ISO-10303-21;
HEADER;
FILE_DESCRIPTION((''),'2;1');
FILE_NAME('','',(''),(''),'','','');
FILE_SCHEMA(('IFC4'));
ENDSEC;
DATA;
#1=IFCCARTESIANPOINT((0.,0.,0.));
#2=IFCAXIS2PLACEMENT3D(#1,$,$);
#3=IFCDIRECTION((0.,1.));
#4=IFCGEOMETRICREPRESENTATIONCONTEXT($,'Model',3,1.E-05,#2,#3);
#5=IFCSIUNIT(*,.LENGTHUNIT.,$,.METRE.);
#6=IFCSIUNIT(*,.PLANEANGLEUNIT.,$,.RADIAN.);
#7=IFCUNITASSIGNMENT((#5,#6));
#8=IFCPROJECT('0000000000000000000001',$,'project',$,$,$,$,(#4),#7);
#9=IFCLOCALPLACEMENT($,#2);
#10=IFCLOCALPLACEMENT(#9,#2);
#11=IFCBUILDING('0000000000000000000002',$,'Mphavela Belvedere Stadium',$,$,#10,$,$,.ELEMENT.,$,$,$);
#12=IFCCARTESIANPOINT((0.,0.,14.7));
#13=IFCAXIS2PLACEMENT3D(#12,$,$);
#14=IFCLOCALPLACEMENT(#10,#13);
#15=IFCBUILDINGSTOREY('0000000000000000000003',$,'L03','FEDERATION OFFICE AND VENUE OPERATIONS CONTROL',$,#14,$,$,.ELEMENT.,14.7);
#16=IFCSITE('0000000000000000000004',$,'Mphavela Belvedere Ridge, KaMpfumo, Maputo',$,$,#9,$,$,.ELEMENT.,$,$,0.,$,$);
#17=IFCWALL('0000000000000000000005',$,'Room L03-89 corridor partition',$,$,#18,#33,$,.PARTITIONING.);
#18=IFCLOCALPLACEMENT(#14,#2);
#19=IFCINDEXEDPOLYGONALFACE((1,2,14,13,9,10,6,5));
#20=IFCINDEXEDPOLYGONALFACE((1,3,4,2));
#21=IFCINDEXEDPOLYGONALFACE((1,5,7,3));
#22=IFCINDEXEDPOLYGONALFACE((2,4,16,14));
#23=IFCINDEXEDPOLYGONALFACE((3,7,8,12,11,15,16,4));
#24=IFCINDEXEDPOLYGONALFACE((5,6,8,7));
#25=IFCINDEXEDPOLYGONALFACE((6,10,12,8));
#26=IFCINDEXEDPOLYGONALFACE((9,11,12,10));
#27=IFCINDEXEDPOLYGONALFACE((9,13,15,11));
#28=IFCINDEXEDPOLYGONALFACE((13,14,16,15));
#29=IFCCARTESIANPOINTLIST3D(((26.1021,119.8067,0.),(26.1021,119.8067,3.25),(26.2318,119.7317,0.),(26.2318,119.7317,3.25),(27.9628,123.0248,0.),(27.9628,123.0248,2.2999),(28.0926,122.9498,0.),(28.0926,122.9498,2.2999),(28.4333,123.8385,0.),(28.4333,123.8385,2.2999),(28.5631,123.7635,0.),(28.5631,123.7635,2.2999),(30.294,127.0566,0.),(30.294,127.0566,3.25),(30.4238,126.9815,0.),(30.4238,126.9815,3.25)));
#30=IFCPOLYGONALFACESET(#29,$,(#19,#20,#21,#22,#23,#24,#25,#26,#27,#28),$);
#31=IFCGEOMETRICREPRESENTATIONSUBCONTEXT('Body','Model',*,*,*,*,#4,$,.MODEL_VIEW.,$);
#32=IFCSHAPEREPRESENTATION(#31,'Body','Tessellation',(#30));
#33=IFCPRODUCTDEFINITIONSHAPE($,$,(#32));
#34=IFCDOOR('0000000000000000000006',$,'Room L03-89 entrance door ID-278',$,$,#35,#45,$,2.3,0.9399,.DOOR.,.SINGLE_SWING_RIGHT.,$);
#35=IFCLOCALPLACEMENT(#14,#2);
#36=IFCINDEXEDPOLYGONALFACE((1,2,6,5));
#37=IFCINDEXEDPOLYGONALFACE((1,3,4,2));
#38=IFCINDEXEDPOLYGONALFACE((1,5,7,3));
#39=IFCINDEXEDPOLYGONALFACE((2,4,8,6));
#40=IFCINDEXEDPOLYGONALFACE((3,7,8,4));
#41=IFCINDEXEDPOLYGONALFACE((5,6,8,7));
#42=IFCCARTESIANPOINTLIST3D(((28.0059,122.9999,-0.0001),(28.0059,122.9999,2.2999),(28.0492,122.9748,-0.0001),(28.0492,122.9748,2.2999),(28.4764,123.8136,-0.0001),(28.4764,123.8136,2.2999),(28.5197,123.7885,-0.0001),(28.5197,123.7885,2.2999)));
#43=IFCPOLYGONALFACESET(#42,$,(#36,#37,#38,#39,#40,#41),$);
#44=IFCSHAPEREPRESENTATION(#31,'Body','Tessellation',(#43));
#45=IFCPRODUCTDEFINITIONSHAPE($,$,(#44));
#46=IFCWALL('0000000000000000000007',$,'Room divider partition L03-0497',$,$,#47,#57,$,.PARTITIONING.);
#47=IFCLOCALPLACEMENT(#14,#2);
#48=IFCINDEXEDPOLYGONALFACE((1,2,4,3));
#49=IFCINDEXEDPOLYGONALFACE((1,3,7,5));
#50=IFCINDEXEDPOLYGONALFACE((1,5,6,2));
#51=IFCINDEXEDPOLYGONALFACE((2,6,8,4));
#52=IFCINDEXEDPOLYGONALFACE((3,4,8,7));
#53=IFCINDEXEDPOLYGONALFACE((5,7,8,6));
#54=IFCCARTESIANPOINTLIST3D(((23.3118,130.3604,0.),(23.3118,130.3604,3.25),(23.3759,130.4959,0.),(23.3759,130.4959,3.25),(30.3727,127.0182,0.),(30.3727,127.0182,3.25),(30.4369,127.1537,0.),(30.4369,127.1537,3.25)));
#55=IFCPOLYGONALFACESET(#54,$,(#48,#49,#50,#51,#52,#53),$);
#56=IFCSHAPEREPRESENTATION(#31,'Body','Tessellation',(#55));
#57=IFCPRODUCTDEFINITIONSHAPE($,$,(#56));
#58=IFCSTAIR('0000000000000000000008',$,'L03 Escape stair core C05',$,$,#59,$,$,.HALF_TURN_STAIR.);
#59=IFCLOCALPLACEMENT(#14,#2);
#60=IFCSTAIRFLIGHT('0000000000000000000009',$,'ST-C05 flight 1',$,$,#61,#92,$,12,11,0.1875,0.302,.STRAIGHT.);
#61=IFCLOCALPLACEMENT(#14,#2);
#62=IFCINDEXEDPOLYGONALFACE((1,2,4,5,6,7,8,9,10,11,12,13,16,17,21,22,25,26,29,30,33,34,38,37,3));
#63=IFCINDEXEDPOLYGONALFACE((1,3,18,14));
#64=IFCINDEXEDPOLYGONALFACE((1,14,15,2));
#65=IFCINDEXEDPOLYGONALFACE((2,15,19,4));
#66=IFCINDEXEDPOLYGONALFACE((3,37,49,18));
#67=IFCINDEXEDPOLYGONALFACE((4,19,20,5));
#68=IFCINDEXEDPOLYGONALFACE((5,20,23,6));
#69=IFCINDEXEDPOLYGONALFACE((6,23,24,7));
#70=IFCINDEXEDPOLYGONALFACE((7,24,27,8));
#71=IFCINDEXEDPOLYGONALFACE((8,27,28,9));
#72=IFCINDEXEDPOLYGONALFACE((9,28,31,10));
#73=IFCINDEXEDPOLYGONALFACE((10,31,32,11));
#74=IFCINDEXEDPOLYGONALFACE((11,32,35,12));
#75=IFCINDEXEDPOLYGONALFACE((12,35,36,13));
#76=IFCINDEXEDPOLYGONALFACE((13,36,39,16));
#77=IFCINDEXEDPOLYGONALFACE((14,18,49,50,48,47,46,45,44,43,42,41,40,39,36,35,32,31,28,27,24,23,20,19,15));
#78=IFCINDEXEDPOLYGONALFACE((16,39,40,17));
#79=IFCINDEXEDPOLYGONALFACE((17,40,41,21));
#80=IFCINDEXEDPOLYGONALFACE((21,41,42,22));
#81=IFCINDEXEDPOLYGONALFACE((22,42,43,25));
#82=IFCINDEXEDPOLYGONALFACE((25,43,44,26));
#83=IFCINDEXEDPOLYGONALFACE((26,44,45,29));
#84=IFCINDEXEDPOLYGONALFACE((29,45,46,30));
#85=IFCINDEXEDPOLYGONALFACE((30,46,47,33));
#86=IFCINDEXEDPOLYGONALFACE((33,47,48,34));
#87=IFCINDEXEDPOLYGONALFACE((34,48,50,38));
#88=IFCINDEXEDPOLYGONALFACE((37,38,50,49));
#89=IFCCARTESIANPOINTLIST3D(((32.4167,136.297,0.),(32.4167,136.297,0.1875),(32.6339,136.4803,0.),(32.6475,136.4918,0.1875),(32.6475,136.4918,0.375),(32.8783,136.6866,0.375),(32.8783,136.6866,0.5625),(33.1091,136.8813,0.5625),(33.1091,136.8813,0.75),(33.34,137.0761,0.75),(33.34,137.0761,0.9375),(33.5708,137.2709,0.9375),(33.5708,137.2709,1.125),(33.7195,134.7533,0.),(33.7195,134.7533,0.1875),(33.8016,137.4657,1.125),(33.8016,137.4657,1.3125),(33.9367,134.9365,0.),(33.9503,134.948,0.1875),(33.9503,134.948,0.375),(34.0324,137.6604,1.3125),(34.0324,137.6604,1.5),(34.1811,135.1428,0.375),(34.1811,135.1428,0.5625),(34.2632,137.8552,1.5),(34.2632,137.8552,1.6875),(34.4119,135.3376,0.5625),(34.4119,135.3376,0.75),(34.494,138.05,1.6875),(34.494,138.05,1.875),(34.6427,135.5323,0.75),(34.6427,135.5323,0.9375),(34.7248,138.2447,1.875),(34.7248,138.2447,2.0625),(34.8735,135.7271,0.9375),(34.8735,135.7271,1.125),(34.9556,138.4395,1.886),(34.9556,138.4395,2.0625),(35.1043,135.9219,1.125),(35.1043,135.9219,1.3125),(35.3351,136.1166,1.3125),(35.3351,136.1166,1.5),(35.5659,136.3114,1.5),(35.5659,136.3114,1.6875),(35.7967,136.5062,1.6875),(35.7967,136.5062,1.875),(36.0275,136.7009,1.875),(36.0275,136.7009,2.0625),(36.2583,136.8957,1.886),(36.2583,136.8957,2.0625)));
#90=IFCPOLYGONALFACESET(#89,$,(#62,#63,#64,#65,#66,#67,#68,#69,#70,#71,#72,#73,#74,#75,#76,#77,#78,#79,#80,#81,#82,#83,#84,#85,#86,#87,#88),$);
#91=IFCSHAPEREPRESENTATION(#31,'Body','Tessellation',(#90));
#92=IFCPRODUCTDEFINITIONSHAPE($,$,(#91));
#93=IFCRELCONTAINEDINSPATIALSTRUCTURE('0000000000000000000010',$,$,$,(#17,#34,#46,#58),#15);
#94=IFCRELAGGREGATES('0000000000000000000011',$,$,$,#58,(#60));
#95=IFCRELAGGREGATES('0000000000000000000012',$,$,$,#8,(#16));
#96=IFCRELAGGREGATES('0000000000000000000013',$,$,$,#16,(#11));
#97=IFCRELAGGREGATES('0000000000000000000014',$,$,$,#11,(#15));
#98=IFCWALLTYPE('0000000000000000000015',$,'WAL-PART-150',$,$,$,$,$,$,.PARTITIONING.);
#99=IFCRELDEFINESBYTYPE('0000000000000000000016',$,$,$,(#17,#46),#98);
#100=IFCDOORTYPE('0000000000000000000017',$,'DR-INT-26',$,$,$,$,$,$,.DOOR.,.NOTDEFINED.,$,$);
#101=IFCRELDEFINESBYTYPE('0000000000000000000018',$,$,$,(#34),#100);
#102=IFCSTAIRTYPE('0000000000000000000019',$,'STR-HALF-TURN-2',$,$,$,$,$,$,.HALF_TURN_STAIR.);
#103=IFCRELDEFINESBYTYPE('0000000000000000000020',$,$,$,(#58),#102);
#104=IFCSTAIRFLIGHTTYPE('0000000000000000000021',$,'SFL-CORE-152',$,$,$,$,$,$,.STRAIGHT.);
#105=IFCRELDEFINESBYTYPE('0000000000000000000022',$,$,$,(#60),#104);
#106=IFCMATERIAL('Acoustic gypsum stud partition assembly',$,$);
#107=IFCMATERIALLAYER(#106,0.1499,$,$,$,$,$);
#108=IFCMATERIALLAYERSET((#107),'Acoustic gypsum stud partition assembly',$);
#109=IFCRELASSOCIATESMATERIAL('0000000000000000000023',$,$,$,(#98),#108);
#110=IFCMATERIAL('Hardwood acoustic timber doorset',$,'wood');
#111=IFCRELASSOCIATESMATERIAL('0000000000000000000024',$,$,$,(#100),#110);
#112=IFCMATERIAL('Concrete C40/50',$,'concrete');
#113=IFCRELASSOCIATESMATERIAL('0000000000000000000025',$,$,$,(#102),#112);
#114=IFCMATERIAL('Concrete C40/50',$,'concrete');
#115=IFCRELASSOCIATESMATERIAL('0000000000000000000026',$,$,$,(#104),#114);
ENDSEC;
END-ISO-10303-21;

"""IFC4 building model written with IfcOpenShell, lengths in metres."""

from ifc_helpers import new_model, si_unit, direction, frame, frame_2d, origin, place, context, subcontext, project, spatial, polyline, rectangle, outline, extrude, material, layer, layer_set, type_object, element, fill, aggregate, save


model = new_model("IFC4")

# Units and contexts
model_context = context("Model", 3, precision=1e-05, world=origin(), true_north=direction((0.0, 1.0)))
body_context = subcontext(model_context, "Body", "Model", "MODEL_VIEW")
ifc_project = project(units=[si_unit("LENGTHUNIT", "METRE"), si_unit("PLANEANGLEUNIT", "RADIAN")], contexts=[model_context])

# Site, building, storey
site_placement = place(None, origin())
site = spatial("IfcSite", under=ifc_project, at=site_placement, Name="Mphavela Belvedere Ridge, KaMpfumo, Maputo", CompositionType="ELEMENT", RefElevation=0.0)
building_placement = place(site_placement, origin())
building = spatial("IfcBuilding", under=site, at=building_placement, Name="Mphavela Belvedere Stadium", CompositionType="ELEMENT")
storey_placement = place(building_placement, frame((0.0, 0.0, 14.7)))
storey = spatial("IfcBuildingStorey", under=building, at=storey_placement, Name="L03", Description="FEDERATION OFFICE AND VENUE OPERATIONS CONTROL", CompositionType="ELEMENT", Elevation=14.7)

# Wall, opening, door
ifc_material_1 = material(Name="Acoustic gypsum stud partition assembly")
ifc_layer_1 = layer(ifc_material_1, 0.1499)
ifc_layer_set_1 = layer_set([ifc_layer_1], Name="Acoustic gypsum stud partition assembly")
wall_type_1 = type_object("IfcWallType", Name="WAL-PART-150", PredefinedType="PARTITIONING", material=ifc_layer_set_1)
wall_1_placement = place(storey_placement, frame((30.3589, 127.019, 0.0), z_axis=(0.0, 0.0, 1.0), x_axis=(-0.500559, -0.865702, 0.0)))
wall_1 = element("IfcWall", 1, at=wall_1_placement, inside=storey, type_object=wall_type_1, Name="Room L03-89 corridor partition", PredefinedType="PARTITIONING", context=body_context, shape_type="SweptSolid", body=[
    extrude(rectangle(XDim=8.3745, YDim=0.1499, at=frame_2d((4.1873, 0.0))), origin(), (0.0, 0.0, 1.0), 3.25),
])
opening_1_placement = place(wall_1_placement, frame((3.7173, 0.0, 0.0)))
opening_1 = element("IfcOpeningElement", 2, at=opening_1_placement, cuts=wall_1, PredefinedType="OPENING", context=body_context, shape_type="SweptSolid", body=[
    extrude(rectangle(XDim=0.9399, YDim=2.3, at=frame_2d((0.47, 1.1499))), frame((0.0, 0.085, 0.0), z_axis=(0.0, -1.0, 0.0), x_axis=(1.0, 0.0, 0.0)), (0.0, 0.0, 1.0), 0.1699),
])
ifc_material_2 = material(Name="Hardwood acoustic timber doorset", Category="wood")
door_type_1 = type_object("IfcDoorType", Name="DR-INT-26", OperationType="NOTDEFINED", PredefinedType="DOOR", material=ifc_material_2)
door_1_placement = place(opening_1_placement, origin())
door_1 = element("IfcDoor", 3, at=door_1_placement, inside=storey, type_object=door_type_1, Name="Room L03-89 entrance door ID-278", OperationType="SINGLE_SWING_RIGHT", OverallHeight=2.3, OverallWidth=0.9399, PredefinedType="DOOR", context=body_context, shape_type="SweptSolid", body=[
    extrude(rectangle(XDim=0.9399, YDim=2.3, at=frame_2d((0.47, 1.1499))), frame((0.0, 0.0249, 0.0), z_axis=(0.0, -1.0, 0.0), x_axis=(1.0, 0.0, 0.0)), (0.0, 0.0, 1.0), 0.05),
])
fill(opening_1, door_1)

# Wall
wall_2_placement = place(storey_placement, frame((30.4048, 127.0859, 0.0), z_axis=(0.0, 0.0, 1.0), x_axis=(-0.903857, 0.427834, 0.0)))
element("IfcWall", 4, at=wall_2_placement, inside=storey, type_object=wall_type_1, Name="Room divider partition L03-0497", PredefinedType="PARTITIONING", context=body_context, shape_type="SweptSolid", body=[
    extrude(rectangle(XDim=7.812, YDim=0.1499, at=frame_2d((3.906, 0.0))), origin(), (0.0, 0.0, 1.0), 3.25),
])

# Stair, stair flight
ifc_material_3 = material(Name="Concrete C40/50", Category="concrete")
stair_type = type_object("IfcStairType", Name="STR-HALF-TURN-2", PredefinedType="HALF_TURN_STAIR", material=ifc_material_3)
stair_placement = place(storey_placement, origin())
stair = element("IfcStair", 5, at=stair_placement, inside=storey, type_object=stair_type, Name="L03 Escape stair core C05", PredefinedType="HALF_TURN_STAIR")
ifc_material_4 = material(Name="Concrete C40/50", Category="concrete")
stair_flight_type = type_object("IfcStairFlightType", Name="SFL-CORE-152", PredefinedType="STRAIGHT", material=ifc_material_4)
stair_flight_placement = place(storey_placement, frame((33.0681, 135.5251, 0.0), z_axis=(0.0, 0.0, 1.0), x_axis=(0.764246, 0.644924, 0.0)))
stair_flight = element("IfcStairFlight", 6, at=stair_flight_placement, type_object=stair_flight_type, Name="ST-C05 flight 1", NumberOfRisers=12, NumberOfTreads=11, PredefinedType="STRAIGHT", RiserHeight=0.1875, TreadLength=0.302, context=body_context, shape_type="SweptSolid", body=[
    extrude(outline(polyline([(0.0, 0.0), (0.0, 0.1875), (0.302, 0.1875), (0.302, 0.375), (0.604, 0.375), (0.604, 0.5625), (0.906, 0.5625), (0.906, 0.75), (1.208, 0.75), (1.208, 0.9375), (1.51, 0.9375), (1.51, 1.125), (1.812, 1.125), (1.812, 1.3125), (2.114, 1.3125), (2.114, 1.5), (2.416, 1.5), (2.416, 1.6875), (2.718, 1.6875), (2.718, 1.875), (3.02, 1.875), (3.02, 2.0625), (3.322, 2.0625), (3.322, 2.25), (3.322, 1.886), (0.2842, 0.0), (0.0, 0.0)])), frame((0.0, 1.01, 0.0), z_axis=(0.0, -1.0, 0.0), x_axis=(1.0, 0.0, 0.0)), (0.0, 0.0, 1.0), 2.02),
])
aggregate(stair, [stair_flight])

save(model, "model.ifc")
